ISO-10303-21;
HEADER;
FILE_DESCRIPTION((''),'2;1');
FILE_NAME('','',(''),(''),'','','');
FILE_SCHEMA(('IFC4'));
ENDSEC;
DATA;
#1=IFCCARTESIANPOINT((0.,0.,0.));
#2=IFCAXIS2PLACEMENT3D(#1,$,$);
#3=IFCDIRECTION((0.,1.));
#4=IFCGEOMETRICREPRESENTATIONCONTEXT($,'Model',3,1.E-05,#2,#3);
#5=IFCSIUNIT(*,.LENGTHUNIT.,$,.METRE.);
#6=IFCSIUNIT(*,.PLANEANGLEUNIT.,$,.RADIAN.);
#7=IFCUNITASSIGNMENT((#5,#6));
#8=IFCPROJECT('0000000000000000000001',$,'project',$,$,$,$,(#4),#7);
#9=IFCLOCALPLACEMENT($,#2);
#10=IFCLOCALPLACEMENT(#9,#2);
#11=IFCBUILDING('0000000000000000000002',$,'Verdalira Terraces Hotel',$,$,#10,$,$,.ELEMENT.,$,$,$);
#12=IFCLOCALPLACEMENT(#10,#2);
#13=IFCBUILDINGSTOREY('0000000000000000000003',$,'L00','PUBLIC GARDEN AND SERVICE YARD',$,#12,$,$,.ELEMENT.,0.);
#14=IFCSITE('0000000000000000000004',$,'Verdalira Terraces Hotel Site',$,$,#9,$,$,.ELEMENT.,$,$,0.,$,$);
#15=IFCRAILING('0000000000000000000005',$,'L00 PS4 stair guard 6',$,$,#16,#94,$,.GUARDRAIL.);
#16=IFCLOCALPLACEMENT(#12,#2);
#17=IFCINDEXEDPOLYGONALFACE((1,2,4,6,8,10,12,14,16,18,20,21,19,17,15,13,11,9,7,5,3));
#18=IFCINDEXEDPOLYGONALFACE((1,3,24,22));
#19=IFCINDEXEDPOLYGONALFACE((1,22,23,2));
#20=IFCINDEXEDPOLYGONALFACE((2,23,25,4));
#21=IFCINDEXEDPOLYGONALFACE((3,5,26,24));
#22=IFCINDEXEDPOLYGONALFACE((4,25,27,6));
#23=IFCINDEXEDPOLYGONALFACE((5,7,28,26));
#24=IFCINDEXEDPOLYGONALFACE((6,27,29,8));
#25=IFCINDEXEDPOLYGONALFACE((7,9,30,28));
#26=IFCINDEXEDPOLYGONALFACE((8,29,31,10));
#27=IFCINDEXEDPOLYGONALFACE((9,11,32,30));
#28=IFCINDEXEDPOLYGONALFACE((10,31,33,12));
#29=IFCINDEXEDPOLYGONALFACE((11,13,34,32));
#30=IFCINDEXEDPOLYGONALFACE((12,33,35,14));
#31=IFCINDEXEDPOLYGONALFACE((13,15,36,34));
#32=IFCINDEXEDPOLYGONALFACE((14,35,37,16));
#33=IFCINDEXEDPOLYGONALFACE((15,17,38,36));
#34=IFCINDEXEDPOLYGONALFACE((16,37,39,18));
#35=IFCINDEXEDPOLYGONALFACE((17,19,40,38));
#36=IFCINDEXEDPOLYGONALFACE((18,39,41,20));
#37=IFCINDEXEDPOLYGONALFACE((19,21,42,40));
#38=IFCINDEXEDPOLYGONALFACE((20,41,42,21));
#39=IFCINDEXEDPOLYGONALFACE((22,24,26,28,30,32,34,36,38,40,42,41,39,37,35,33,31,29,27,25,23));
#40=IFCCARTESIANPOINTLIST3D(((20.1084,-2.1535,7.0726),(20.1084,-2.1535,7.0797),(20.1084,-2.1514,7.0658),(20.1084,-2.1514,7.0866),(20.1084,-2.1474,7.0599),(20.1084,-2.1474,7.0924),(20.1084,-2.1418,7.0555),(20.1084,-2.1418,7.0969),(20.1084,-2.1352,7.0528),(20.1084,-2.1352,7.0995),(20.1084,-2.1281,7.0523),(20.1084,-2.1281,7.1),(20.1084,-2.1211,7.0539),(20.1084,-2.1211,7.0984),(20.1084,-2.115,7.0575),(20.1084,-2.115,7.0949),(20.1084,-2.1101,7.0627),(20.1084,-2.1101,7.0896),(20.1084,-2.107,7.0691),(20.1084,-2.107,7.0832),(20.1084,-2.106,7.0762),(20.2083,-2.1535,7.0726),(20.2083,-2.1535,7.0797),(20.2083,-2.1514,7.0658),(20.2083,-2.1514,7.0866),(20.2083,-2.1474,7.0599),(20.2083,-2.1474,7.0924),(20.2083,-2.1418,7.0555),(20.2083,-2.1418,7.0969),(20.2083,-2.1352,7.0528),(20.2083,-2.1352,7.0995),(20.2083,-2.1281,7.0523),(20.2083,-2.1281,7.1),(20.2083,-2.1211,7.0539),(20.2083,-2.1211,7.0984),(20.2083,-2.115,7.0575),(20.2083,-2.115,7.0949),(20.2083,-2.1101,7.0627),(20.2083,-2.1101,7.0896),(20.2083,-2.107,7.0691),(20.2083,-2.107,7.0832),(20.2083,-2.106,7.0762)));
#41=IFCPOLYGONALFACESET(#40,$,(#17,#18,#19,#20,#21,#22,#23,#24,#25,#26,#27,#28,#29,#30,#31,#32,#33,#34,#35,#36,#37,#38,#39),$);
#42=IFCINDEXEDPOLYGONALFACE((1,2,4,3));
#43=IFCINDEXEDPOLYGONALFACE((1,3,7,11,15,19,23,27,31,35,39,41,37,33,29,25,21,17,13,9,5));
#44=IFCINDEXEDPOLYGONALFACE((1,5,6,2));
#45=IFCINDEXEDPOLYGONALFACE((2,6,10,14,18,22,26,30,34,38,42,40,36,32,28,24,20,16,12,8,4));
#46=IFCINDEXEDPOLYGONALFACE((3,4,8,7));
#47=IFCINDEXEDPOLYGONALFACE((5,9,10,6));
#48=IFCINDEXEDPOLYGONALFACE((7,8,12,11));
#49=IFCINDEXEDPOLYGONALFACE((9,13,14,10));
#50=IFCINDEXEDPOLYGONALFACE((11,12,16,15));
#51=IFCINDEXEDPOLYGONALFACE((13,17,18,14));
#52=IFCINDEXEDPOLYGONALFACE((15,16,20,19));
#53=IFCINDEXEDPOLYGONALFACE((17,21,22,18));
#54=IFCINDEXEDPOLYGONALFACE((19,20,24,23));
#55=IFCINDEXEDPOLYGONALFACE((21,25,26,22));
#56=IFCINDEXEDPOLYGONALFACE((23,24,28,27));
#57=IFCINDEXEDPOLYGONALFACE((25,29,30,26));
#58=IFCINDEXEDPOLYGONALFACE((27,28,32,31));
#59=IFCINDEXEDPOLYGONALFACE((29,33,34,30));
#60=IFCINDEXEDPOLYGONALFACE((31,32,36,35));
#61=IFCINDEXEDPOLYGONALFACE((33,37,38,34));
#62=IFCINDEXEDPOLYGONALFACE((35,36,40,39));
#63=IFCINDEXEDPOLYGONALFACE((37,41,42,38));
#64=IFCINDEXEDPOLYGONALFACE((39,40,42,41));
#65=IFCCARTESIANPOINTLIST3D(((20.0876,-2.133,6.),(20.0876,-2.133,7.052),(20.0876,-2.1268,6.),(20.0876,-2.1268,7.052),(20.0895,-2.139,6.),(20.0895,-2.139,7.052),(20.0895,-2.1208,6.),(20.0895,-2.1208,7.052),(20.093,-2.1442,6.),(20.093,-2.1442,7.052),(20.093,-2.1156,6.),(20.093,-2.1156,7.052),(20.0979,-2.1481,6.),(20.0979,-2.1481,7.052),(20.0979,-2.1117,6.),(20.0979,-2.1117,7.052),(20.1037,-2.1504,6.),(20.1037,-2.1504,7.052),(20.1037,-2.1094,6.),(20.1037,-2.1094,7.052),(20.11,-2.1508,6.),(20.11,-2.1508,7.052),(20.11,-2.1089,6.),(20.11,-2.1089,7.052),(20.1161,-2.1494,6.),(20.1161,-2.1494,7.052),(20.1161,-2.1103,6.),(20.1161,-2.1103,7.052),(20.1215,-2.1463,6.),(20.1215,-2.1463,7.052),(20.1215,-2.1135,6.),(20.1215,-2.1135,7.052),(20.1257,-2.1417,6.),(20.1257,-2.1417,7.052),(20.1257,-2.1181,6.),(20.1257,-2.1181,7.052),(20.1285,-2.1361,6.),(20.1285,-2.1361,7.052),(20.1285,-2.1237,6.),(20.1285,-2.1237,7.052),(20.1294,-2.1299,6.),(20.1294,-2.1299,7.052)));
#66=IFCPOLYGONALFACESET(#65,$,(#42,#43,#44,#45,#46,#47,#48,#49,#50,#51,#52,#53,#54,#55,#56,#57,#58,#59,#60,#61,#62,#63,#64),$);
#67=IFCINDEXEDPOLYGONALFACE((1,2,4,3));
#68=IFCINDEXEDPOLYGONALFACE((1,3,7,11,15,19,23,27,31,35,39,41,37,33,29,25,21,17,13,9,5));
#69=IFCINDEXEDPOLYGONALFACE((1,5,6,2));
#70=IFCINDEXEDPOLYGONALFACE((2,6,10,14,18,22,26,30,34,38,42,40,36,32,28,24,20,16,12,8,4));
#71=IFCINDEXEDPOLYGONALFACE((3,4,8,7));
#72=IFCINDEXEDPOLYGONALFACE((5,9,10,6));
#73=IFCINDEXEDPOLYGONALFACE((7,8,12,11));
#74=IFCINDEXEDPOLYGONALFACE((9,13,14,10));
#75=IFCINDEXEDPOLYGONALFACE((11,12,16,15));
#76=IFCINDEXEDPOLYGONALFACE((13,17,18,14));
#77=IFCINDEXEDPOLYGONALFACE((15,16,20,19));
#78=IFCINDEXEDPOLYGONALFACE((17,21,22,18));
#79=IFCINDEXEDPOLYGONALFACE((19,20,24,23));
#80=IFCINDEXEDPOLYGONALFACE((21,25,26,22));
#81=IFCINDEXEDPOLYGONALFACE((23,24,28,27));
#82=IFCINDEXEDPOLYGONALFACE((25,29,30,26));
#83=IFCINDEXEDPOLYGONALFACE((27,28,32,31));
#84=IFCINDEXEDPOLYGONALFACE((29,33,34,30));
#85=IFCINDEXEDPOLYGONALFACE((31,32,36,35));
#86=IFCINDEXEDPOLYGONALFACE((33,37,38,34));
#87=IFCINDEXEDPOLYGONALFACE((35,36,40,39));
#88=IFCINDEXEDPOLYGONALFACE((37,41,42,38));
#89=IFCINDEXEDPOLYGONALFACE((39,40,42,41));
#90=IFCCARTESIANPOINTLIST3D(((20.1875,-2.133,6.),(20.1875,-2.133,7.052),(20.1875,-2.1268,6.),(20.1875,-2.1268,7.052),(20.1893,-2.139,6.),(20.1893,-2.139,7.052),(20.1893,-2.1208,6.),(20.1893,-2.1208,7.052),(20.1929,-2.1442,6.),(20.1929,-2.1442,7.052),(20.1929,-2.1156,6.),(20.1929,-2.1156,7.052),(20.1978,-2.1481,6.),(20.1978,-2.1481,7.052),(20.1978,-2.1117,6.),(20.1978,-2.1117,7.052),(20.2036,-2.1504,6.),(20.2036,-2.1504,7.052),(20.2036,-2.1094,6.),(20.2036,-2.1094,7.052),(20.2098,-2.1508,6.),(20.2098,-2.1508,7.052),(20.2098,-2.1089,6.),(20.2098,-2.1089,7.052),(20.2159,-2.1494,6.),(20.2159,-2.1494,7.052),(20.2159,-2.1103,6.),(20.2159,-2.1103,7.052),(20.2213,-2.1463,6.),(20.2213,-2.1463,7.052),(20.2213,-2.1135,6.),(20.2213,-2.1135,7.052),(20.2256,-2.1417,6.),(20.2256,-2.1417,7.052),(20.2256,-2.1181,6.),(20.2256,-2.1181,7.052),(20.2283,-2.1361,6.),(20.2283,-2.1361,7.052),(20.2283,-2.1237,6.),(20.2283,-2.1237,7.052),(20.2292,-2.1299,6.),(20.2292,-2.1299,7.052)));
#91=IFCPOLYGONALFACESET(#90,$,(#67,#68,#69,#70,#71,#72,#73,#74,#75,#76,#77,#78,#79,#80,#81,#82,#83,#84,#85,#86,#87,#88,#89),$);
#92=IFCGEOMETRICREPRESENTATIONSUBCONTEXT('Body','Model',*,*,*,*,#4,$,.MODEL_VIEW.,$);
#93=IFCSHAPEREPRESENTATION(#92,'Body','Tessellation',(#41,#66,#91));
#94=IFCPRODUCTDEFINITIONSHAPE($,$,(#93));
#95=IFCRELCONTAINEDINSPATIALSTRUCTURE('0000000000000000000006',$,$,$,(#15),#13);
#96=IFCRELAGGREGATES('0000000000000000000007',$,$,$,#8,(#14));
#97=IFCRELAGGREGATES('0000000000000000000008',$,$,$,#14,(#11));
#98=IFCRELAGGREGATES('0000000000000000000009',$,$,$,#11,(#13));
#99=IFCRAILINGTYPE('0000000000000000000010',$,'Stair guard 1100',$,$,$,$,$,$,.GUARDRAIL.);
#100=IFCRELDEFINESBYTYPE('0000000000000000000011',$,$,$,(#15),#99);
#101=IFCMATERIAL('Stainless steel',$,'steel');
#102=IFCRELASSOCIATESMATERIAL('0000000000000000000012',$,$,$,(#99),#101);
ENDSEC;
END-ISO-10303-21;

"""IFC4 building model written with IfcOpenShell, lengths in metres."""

from ifc_helpers import new_model, si_unit, direction, frame, origin, origin_2d, place, context, subcontext, project, spatial, circle, extrude, material, type_object, element, save


model = new_model("IFC4")

# Units and contexts
model_context = context("Model", 3, precision=1e-05, world=origin(), true_north=direction((0.0, 1.0)))
body_context = subcontext(model_context, "Body", "Model", "MODEL_VIEW")
ifc_project = project(units=[si_unit("LENGTHUNIT", "METRE"), si_unit("PLANEANGLEUNIT", "RADIAN")], contexts=[model_context])

# Site, building, storey
site_placement = place(None, origin())
site = spatial("IfcSite", under=ifc_project, at=site_placement, Name="Verdalira Terraces Hotel Site", CompositionType="ELEMENT", RefElevation=0.0)
building_placement = place(site_placement, origin())
building = spatial("IfcBuilding", under=site, at=building_placement, Name="Verdalira Terraces Hotel", CompositionType="ELEMENT")
storey_placement = place(building_placement, origin())
storey = spatial("IfcBuildingStorey", under=building, at=storey_placement, Name="L00", Description="PUBLIC GARDEN AND SERVICE YARD", CompositionType="ELEMENT", Elevation=0.0)

# Railing
ifc_material_1 = material(Name="Stainless steel", Category="steel")
railing_type = type_object("IfcRailingType", Name="Stair guard 1100", PredefinedType="GUARDRAIL", material=ifc_material_1)
railing_1_placement = place(storey_placement, frame((20.1084, -2.1299, 6.0)))
element("IfcRailing", 1, at=railing_1_placement, inside=storey, type_object=railing_type, Name="L00 PS4 stair guard 6", PredefinedType="GUARDRAIL", context=body_context, shape_type="SweptSolid", body=[
    extrude(circle(Radius=0.0239, at=origin_2d()), frame((0.0, 0.0, 1.0762), z_axis=(1.0, 0.0, 0.0), x_axis=(0.0, 1.0, 0.0)), (0.0, 0.0, 1.0), 0.0999),
    extrude(circle(Radius=0.021, at=origin_2d()), origin(), (0.0, 0.0, 1.0), 1.052),
    extrude(circle(Radius=0.021, at=origin_2d()), frame((0.0999, 0.0, 0.0)), (0.0, 0.0, 1.0), 1.052),
])

save(model, "model.ifc")
